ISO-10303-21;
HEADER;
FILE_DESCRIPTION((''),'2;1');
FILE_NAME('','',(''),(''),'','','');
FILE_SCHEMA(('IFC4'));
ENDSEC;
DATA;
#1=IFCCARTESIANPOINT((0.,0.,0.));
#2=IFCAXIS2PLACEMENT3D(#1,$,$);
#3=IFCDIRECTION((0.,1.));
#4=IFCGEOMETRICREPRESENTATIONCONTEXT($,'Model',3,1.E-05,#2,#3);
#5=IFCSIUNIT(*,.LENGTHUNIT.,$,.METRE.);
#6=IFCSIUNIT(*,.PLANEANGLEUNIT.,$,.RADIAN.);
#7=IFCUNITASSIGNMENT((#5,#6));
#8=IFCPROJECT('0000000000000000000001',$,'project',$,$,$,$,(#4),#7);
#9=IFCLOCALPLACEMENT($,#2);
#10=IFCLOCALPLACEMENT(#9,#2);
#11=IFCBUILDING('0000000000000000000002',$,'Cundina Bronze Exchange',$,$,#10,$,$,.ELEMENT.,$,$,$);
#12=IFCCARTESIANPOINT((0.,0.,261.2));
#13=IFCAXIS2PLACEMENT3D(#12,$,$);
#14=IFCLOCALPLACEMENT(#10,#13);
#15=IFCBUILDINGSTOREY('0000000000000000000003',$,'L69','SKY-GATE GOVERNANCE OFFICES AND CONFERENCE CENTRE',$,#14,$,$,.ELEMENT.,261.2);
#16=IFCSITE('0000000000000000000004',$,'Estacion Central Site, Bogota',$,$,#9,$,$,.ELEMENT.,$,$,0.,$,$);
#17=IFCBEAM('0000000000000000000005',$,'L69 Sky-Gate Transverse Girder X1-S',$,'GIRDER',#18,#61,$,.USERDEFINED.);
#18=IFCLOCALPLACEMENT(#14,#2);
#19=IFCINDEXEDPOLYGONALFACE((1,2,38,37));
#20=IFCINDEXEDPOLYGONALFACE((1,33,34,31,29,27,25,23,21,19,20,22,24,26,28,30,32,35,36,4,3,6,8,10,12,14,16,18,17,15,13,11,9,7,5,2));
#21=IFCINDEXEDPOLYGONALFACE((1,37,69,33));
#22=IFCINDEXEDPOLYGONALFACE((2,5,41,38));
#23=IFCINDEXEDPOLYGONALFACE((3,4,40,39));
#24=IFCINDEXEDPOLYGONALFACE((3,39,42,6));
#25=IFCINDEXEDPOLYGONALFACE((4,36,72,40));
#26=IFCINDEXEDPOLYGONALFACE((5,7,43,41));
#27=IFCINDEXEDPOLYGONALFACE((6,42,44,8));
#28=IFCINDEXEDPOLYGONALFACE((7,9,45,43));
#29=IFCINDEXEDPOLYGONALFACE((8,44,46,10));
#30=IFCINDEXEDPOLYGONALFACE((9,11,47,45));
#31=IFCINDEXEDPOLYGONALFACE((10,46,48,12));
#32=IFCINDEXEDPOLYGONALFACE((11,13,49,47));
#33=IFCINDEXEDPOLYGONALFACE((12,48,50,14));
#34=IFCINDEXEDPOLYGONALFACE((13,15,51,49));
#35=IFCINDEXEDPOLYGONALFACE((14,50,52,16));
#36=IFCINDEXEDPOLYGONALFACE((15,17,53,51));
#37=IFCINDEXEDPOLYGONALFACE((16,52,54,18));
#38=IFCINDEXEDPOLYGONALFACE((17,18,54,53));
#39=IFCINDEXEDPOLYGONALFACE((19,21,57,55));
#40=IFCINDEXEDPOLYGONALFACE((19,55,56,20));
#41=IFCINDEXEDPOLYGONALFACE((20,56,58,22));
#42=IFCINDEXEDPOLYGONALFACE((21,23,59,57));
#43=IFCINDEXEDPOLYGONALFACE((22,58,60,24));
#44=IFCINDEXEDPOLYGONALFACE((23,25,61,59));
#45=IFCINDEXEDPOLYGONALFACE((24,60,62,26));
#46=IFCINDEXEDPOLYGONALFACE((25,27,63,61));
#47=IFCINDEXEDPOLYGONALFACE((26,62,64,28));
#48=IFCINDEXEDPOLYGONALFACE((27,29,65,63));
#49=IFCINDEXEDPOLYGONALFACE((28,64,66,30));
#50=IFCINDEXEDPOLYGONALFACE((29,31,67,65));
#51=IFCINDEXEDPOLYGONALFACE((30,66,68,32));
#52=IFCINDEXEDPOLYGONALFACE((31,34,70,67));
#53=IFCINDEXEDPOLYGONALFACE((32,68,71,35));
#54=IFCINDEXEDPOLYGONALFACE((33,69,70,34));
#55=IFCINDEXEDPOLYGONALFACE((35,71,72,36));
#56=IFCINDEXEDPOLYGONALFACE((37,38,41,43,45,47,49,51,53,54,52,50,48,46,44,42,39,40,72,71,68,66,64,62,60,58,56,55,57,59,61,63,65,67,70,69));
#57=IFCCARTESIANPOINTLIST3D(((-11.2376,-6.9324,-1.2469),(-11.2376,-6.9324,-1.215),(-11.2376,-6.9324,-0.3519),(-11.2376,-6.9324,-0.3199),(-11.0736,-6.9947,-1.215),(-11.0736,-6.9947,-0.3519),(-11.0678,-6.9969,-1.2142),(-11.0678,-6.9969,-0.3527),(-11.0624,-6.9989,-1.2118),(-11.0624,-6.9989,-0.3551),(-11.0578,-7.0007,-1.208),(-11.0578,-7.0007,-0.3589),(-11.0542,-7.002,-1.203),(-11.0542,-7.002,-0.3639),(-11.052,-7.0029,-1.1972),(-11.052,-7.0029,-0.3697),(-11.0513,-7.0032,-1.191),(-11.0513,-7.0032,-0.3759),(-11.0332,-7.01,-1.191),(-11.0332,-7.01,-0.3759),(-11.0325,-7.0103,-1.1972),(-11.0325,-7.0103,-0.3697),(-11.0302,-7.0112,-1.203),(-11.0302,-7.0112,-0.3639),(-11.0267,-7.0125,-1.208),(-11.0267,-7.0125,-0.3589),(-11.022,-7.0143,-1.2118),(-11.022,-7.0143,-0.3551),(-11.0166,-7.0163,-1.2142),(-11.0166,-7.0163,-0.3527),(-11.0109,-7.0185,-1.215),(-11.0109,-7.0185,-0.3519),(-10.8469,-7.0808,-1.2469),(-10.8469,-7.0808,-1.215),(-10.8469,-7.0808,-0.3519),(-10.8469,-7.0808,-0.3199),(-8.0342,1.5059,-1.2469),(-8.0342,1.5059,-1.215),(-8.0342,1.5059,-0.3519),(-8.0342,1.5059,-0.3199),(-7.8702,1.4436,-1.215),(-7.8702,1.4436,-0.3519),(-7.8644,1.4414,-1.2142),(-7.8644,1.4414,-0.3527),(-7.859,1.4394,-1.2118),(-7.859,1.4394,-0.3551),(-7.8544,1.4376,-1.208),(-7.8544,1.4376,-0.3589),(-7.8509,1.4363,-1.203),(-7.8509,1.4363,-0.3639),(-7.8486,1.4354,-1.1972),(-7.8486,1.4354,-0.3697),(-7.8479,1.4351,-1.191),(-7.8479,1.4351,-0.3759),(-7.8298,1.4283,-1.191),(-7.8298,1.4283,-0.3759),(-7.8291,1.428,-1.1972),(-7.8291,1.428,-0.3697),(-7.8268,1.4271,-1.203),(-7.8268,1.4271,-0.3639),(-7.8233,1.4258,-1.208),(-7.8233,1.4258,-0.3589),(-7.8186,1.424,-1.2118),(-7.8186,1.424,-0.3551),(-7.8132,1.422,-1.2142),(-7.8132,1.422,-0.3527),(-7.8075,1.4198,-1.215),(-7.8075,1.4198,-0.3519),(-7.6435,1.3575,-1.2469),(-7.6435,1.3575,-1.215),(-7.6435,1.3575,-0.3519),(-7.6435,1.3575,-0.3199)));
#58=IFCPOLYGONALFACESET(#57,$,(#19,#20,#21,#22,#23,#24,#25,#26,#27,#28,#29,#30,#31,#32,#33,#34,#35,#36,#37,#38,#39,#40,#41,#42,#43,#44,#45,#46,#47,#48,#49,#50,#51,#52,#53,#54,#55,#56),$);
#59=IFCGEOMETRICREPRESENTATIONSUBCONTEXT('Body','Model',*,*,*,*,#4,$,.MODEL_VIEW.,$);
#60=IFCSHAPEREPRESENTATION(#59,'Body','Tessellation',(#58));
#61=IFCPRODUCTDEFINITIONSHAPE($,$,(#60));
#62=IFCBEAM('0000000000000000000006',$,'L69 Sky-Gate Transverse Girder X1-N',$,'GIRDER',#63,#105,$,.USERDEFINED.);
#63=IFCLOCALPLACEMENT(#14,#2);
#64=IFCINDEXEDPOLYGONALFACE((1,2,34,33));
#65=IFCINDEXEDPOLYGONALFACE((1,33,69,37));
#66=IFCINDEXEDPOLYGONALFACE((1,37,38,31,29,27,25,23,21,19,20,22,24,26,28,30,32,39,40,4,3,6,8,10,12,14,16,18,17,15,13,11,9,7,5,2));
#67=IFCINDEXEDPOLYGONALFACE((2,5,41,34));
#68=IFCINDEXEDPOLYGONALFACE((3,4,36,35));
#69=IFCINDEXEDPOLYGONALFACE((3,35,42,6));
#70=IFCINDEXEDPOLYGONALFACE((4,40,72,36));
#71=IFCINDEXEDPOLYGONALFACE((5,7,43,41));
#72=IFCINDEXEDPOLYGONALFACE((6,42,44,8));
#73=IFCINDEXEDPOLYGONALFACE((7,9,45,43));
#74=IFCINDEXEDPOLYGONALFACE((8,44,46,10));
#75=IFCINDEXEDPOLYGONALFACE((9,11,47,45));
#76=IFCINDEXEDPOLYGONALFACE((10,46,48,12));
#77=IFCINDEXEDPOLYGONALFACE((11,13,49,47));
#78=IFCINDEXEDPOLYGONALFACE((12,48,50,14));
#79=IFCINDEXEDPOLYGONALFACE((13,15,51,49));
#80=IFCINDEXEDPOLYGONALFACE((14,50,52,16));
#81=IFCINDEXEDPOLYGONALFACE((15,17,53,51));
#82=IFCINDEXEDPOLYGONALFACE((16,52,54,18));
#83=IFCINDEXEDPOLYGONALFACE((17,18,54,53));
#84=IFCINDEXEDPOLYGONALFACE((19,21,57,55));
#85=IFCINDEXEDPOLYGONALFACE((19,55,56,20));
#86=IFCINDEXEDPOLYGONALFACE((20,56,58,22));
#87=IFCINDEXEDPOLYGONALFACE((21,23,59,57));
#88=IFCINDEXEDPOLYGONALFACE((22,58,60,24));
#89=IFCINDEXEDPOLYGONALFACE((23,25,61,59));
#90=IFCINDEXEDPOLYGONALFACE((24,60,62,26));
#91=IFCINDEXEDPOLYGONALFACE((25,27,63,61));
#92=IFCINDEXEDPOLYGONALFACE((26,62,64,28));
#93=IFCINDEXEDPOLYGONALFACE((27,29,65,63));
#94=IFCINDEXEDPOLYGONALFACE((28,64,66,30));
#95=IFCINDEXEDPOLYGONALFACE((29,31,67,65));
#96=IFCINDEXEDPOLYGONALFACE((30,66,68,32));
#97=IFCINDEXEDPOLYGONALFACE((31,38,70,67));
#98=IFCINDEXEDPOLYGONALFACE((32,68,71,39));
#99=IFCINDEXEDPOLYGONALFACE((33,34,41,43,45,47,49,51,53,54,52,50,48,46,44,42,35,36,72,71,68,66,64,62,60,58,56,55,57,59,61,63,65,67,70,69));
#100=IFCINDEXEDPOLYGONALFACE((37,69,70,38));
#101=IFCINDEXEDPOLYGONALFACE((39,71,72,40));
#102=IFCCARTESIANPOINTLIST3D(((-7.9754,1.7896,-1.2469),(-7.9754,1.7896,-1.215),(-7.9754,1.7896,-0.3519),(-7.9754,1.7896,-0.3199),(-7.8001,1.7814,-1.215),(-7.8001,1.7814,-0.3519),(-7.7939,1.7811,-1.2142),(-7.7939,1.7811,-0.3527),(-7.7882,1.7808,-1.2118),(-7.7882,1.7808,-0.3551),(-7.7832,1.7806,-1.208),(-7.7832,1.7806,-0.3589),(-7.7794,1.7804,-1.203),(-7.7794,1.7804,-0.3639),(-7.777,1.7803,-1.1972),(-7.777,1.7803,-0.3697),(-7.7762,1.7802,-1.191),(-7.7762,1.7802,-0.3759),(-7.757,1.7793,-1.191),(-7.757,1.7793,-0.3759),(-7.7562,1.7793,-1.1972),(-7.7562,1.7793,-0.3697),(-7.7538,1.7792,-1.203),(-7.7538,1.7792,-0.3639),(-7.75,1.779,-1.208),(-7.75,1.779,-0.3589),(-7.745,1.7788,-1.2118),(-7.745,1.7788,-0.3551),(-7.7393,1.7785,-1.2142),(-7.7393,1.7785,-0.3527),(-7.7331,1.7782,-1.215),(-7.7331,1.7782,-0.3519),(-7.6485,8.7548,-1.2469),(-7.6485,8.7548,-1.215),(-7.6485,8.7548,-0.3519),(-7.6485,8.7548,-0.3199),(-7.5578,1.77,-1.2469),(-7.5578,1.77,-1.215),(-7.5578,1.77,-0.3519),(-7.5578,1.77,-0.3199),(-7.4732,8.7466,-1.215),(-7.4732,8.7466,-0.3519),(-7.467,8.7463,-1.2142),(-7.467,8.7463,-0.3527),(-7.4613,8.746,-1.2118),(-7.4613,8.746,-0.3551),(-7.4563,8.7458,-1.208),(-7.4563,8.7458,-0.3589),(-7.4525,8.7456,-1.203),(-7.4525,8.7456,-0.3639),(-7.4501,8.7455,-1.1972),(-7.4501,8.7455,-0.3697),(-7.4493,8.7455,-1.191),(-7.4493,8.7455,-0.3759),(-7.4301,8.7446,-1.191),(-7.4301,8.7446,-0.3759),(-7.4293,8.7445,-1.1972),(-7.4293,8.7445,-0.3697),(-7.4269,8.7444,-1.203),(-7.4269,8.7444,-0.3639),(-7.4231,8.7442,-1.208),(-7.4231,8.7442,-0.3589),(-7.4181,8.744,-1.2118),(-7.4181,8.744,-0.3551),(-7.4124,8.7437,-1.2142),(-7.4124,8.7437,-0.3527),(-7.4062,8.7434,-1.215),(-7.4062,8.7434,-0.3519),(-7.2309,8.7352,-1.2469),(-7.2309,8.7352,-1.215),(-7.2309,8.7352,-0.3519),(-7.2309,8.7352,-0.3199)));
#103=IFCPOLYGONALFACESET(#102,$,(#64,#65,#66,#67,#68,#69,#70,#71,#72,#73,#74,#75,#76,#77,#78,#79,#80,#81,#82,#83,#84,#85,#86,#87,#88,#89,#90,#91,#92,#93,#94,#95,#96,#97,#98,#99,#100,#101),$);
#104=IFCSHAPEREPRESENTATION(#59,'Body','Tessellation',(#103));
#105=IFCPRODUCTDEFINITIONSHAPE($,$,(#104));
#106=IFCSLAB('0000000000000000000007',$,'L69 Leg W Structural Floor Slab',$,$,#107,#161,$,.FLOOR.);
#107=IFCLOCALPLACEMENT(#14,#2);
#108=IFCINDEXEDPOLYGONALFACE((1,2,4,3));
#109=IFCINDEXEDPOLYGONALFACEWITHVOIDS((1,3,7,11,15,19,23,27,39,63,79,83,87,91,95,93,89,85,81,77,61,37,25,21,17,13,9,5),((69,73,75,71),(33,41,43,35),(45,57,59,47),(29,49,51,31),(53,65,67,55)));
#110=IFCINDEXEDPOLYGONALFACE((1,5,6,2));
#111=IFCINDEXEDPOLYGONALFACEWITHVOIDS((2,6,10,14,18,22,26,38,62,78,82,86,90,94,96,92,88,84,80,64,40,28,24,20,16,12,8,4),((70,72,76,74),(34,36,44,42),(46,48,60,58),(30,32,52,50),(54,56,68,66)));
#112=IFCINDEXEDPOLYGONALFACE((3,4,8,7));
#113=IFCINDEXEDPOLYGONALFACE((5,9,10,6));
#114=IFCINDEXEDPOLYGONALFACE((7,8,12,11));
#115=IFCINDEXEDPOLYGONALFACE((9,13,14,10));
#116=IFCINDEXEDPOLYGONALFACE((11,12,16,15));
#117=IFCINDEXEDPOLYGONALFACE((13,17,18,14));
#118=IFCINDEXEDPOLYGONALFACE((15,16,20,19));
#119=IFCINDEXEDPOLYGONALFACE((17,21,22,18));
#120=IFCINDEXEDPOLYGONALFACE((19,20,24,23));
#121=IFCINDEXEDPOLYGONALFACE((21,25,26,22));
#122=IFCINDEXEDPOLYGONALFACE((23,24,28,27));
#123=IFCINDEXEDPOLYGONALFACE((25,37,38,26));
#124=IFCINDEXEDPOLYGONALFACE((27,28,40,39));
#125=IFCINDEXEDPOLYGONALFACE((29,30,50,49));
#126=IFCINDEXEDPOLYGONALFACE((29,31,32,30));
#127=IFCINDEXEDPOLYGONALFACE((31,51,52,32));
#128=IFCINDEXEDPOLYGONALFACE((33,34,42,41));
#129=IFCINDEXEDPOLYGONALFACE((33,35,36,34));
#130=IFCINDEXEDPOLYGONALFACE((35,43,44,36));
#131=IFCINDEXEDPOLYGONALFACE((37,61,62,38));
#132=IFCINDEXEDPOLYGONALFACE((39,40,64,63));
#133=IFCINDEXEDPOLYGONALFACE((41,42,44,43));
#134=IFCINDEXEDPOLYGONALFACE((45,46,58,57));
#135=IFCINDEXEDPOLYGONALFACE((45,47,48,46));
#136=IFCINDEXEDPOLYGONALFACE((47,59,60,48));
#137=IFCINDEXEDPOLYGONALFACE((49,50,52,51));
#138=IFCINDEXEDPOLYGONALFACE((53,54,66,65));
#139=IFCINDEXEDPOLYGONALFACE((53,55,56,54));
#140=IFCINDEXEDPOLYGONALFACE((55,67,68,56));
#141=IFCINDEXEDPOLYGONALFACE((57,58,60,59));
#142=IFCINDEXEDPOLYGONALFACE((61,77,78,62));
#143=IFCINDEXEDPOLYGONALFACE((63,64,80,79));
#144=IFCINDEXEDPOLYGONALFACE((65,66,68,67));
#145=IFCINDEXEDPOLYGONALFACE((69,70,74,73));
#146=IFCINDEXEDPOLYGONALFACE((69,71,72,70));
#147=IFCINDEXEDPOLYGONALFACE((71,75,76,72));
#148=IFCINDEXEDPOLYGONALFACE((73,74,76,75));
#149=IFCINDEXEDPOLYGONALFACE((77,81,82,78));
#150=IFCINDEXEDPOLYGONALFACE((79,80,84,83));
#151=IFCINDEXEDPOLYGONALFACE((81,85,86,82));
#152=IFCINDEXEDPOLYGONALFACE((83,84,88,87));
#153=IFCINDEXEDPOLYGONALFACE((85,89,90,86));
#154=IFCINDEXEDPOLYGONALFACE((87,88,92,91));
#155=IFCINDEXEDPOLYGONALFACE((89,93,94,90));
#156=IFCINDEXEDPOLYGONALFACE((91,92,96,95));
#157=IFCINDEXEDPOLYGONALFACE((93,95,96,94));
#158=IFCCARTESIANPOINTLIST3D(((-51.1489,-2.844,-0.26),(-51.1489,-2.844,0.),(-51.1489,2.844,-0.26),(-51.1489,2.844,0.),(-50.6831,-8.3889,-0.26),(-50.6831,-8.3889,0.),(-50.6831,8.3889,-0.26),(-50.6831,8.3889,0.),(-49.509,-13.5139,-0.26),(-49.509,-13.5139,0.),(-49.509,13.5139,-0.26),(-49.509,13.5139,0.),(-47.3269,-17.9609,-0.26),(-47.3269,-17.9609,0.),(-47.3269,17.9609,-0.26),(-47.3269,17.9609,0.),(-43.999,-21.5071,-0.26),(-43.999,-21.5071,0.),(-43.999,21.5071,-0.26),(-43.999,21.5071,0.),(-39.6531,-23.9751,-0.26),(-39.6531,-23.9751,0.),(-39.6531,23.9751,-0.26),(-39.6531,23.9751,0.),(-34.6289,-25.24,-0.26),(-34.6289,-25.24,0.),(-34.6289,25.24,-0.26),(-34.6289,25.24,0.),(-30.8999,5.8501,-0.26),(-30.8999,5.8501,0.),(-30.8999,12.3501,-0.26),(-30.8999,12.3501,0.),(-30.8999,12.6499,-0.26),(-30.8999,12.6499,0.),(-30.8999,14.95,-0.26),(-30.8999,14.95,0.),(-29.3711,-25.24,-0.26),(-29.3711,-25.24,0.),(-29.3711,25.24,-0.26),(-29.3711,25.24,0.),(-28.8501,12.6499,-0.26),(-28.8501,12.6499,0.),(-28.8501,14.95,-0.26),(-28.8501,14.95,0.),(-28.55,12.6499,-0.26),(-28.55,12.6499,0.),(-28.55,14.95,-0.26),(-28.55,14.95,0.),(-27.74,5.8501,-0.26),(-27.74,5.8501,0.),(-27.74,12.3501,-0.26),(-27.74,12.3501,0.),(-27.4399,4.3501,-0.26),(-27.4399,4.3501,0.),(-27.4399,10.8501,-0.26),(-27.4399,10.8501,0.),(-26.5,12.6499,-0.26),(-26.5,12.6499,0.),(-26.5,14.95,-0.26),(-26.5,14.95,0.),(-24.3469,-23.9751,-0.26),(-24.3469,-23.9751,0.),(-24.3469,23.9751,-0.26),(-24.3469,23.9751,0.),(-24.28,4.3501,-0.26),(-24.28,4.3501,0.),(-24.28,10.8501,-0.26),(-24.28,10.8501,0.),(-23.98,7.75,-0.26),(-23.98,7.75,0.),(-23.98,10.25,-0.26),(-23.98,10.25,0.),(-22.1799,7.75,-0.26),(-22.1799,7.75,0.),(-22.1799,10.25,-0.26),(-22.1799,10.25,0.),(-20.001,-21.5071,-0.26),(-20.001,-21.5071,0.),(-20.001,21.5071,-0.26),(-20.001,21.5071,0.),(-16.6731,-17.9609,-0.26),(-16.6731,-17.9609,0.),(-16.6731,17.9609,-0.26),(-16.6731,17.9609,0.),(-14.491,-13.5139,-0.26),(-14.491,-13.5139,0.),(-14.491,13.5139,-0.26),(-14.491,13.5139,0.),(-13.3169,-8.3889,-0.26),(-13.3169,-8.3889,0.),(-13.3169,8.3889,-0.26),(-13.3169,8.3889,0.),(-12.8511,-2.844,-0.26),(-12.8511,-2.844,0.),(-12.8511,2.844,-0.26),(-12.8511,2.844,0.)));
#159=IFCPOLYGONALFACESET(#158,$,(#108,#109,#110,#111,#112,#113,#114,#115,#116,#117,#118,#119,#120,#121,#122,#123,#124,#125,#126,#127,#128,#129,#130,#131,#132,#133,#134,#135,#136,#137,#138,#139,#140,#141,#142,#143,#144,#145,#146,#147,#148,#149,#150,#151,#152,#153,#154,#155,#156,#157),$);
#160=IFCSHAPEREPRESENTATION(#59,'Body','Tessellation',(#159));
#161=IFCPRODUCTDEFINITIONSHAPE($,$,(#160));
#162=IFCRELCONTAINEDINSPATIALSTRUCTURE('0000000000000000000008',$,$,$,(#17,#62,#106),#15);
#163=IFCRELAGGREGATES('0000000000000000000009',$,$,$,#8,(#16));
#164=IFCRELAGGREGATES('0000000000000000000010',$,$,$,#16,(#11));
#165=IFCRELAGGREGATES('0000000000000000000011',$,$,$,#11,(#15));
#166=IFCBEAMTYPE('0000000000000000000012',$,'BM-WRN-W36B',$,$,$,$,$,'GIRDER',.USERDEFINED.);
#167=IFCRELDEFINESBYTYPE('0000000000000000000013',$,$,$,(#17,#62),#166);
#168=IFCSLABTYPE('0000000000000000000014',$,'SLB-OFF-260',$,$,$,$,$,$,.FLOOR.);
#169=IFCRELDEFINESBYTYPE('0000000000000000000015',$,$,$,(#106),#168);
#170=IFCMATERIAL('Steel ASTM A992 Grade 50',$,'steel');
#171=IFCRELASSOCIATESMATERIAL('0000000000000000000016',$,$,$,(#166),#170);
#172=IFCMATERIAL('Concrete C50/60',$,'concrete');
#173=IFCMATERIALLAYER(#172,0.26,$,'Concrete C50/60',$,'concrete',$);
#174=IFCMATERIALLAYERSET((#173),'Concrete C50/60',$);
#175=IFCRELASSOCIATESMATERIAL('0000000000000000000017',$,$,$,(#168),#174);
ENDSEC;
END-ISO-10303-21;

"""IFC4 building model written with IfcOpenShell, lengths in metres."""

from ifc_helpers import new_model, si_unit, direction, frame, origin, origin_2d, place, context, subcontext, project, spatial, polyline, i_section, outline, extrude, material, layer, layer_set, material_profile, profile_set, type_object, element, save


model = new_model("IFC4")

# Units and contexts
model_context = context("Model", 3, precision=1e-05, world=origin(), true_north=direction((0.0, 1.0)))
body_context = subcontext(model_context, "Body", "Model", "MODEL_VIEW")
ifc_project = project(units=[si_unit("LENGTHUNIT", "METRE"), si_unit("PLANEANGLEUNIT", "RADIAN")], contexts=[model_context])

# Site, building, storey
site_placement = place(None, origin())
site = spatial("IfcSite", under=ifc_project, at=site_placement, Name="Estacion Central Site, Bogota", CompositionType="ELEMENT", RefElevation=0.0)
building_placement = place(site_placement, origin())
building = spatial("IfcBuilding", under=site, at=building_placement, Name="Cundina Bronze Exchange", CompositionType="ELEMENT")
storey_placement = place(building_placement, frame((0.0, 0.0, 261.2)))
storey = spatial("IfcBuildingStorey", under=building, at=storey_placement, Name="L69", Description="SKY-GATE GOVERNANCE OFFICES AND CONFERENCE CENTRE", CompositionType="ELEMENT", Elevation=261.2)

# Shared definitions
ifc_material_1 = material(Name="Concrete C50/60", Category="concrete")

# Beams
ifc_material_2 = material(Name="Steel ASTM A992 Grade 50", Category="steel")
ifc_material_profile_1 = material_profile(ifc_material_2, i_section(OverallWidth=0.418, OverallDepth=0.927, WebThickness=0.0193, FlangeThickness=0.032, FilletRadius=0.0239, at=origin_2d()), Name="W36X231", Category="steel")
ifc_profile_set_1 = profile_set([ifc_material_profile_1], Name="Steel ASTM A992 Grade 50")
beam_type_1 = type_object("IfcBeamType", Name="BM-WRN-W36B", ElementType="GIRDER", PredefinedType="USERDEFINED", material=ifc_profile_set_1)
beam_1_placement = place(storey_placement, frame((-11.0422, -7.0066, -0.7834), z_axis=(0.354912, 0.9349, 0.0), x_axis=(-0.9349, 0.354912, 0.0)))
element("IfcBeam", 1, at=beam_1_placement, inside=storey, type_object=beam_type_1, Name="L69 Sky-Gate Transverse Girder X1-S", ObjectType="GIRDER", PredefinedType="USERDEFINED", context=body_context, shape_type="SweptSolid", body=[
    extrude(i_section(OverallWidth=0.418, OverallDepth=0.927, WebThickness=0.0193, FlangeThickness=0.032, FilletRadius=0.0239, at=origin_2d()), origin(), (0.0, 0.0, 1.0), 9.0259),
])
beam_2_placement = place(storey_placement, frame((-7.7666, 1.7798, -0.7834), z_axis=(0.046881, 0.9989, 0.0), x_axis=(-0.9989, 0.046881, 0.0)))
element("IfcBeam", 2, at=beam_2_placement, inside=storey, type_object=beam_type_1, Name="L69 Sky-Gate Transverse Girder X1-N", ObjectType="GIRDER", PredefinedType="USERDEFINED", context=body_context, shape_type="SweptSolid", body=[
    extrude(i_section(OverallWidth=0.418, OverallDepth=0.927, WebThickness=0.0193, FlangeThickness=0.032, FilletRadius=0.0239, at=origin_2d()), origin(), (0.0, 0.0, 1.0), 6.9729),
])

# Slab
ifc_layer_1 = layer(ifc_material_1, 0.26, Name="Concrete C50/60", Category="concrete")
ifc_layer_set_1 = layer_set([ifc_layer_1], Name="Concrete C50/60")
slab_type = type_object("IfcSlabType", Name="SLB-OFF-260", PredefinedType="FLOOR", material=ifc_layer_set_1)
slab_1_placement = place(storey_placement, frame((0.0, 0.0, -0.26)))
element("IfcSlab", 3, at=slab_1_placement, inside=storey, type_object=slab_type, Name="L69 Leg W Structural Floor Slab", PredefinedType="FLOOR", context=body_context, shape_type="SweptSolid", body=[
    extrude(outline(polyline([(-12.8511, 2.844), (-13.3169, 8.3889), (-14.491, 13.5139), (-16.6731, 17.9609), (-20.001, 21.5071), (-24.3469, 23.9751), (-29.3711, 25.24), (-34.6289, 25.24), (-39.6531, 23.9751), (-43.999, 21.5071), (-47.3269, 17.9609), (-49.509, 13.5139), (-50.6831, 8.3889), (-51.1489, 2.844), (-51.1489, -2.844), (-50.6831, -8.3889), (-49.509, -13.5139), (-47.3269, -17.9609), (-43.999, -21.5071), (-39.6531, -23.9751), (-34.6289, -25.24), (-29.3711, -25.24), (-24.3469, -23.9751), (-20.001, -21.5071), (-16.6731, -17.9609), (-14.491, -13.5139), (-13.3169, -8.3889), (-12.8511, -2.844), (-12.8511, 2.844)]), holes=[polyline([(-27.74, 5.8501), (-27.74, 12.3501), (-30.8999, 12.3501), (-30.8999, 5.8501), (-27.74, 5.8501)]), polyline([(-27.4399, 10.8501), (-27.4399, 4.3501), (-24.28, 4.3501), (-24.28, 10.8501), (-27.4399, 10.8501)]), polyline([(-23.98, 10.25), (-22.1799, 10.25), (-22.1799, 7.75), (-23.98, 7.75), (-23.98, 10.25)]), polyline([(-30.8999, 14.95), (-28.8501, 14.95), (-28.8501, 12.6499), (-30.8999, 12.6499), (-30.8999, 14.95)]), polyline([(-28.55, 14.95), (-26.5, 14.95), (-26.5, 12.6499), (-28.55, 12.6499), (-28.55, 14.95)])]), origin(), (0.0, 0.0, 1.0), 0.26),
])

save(model, "model.ifc")
